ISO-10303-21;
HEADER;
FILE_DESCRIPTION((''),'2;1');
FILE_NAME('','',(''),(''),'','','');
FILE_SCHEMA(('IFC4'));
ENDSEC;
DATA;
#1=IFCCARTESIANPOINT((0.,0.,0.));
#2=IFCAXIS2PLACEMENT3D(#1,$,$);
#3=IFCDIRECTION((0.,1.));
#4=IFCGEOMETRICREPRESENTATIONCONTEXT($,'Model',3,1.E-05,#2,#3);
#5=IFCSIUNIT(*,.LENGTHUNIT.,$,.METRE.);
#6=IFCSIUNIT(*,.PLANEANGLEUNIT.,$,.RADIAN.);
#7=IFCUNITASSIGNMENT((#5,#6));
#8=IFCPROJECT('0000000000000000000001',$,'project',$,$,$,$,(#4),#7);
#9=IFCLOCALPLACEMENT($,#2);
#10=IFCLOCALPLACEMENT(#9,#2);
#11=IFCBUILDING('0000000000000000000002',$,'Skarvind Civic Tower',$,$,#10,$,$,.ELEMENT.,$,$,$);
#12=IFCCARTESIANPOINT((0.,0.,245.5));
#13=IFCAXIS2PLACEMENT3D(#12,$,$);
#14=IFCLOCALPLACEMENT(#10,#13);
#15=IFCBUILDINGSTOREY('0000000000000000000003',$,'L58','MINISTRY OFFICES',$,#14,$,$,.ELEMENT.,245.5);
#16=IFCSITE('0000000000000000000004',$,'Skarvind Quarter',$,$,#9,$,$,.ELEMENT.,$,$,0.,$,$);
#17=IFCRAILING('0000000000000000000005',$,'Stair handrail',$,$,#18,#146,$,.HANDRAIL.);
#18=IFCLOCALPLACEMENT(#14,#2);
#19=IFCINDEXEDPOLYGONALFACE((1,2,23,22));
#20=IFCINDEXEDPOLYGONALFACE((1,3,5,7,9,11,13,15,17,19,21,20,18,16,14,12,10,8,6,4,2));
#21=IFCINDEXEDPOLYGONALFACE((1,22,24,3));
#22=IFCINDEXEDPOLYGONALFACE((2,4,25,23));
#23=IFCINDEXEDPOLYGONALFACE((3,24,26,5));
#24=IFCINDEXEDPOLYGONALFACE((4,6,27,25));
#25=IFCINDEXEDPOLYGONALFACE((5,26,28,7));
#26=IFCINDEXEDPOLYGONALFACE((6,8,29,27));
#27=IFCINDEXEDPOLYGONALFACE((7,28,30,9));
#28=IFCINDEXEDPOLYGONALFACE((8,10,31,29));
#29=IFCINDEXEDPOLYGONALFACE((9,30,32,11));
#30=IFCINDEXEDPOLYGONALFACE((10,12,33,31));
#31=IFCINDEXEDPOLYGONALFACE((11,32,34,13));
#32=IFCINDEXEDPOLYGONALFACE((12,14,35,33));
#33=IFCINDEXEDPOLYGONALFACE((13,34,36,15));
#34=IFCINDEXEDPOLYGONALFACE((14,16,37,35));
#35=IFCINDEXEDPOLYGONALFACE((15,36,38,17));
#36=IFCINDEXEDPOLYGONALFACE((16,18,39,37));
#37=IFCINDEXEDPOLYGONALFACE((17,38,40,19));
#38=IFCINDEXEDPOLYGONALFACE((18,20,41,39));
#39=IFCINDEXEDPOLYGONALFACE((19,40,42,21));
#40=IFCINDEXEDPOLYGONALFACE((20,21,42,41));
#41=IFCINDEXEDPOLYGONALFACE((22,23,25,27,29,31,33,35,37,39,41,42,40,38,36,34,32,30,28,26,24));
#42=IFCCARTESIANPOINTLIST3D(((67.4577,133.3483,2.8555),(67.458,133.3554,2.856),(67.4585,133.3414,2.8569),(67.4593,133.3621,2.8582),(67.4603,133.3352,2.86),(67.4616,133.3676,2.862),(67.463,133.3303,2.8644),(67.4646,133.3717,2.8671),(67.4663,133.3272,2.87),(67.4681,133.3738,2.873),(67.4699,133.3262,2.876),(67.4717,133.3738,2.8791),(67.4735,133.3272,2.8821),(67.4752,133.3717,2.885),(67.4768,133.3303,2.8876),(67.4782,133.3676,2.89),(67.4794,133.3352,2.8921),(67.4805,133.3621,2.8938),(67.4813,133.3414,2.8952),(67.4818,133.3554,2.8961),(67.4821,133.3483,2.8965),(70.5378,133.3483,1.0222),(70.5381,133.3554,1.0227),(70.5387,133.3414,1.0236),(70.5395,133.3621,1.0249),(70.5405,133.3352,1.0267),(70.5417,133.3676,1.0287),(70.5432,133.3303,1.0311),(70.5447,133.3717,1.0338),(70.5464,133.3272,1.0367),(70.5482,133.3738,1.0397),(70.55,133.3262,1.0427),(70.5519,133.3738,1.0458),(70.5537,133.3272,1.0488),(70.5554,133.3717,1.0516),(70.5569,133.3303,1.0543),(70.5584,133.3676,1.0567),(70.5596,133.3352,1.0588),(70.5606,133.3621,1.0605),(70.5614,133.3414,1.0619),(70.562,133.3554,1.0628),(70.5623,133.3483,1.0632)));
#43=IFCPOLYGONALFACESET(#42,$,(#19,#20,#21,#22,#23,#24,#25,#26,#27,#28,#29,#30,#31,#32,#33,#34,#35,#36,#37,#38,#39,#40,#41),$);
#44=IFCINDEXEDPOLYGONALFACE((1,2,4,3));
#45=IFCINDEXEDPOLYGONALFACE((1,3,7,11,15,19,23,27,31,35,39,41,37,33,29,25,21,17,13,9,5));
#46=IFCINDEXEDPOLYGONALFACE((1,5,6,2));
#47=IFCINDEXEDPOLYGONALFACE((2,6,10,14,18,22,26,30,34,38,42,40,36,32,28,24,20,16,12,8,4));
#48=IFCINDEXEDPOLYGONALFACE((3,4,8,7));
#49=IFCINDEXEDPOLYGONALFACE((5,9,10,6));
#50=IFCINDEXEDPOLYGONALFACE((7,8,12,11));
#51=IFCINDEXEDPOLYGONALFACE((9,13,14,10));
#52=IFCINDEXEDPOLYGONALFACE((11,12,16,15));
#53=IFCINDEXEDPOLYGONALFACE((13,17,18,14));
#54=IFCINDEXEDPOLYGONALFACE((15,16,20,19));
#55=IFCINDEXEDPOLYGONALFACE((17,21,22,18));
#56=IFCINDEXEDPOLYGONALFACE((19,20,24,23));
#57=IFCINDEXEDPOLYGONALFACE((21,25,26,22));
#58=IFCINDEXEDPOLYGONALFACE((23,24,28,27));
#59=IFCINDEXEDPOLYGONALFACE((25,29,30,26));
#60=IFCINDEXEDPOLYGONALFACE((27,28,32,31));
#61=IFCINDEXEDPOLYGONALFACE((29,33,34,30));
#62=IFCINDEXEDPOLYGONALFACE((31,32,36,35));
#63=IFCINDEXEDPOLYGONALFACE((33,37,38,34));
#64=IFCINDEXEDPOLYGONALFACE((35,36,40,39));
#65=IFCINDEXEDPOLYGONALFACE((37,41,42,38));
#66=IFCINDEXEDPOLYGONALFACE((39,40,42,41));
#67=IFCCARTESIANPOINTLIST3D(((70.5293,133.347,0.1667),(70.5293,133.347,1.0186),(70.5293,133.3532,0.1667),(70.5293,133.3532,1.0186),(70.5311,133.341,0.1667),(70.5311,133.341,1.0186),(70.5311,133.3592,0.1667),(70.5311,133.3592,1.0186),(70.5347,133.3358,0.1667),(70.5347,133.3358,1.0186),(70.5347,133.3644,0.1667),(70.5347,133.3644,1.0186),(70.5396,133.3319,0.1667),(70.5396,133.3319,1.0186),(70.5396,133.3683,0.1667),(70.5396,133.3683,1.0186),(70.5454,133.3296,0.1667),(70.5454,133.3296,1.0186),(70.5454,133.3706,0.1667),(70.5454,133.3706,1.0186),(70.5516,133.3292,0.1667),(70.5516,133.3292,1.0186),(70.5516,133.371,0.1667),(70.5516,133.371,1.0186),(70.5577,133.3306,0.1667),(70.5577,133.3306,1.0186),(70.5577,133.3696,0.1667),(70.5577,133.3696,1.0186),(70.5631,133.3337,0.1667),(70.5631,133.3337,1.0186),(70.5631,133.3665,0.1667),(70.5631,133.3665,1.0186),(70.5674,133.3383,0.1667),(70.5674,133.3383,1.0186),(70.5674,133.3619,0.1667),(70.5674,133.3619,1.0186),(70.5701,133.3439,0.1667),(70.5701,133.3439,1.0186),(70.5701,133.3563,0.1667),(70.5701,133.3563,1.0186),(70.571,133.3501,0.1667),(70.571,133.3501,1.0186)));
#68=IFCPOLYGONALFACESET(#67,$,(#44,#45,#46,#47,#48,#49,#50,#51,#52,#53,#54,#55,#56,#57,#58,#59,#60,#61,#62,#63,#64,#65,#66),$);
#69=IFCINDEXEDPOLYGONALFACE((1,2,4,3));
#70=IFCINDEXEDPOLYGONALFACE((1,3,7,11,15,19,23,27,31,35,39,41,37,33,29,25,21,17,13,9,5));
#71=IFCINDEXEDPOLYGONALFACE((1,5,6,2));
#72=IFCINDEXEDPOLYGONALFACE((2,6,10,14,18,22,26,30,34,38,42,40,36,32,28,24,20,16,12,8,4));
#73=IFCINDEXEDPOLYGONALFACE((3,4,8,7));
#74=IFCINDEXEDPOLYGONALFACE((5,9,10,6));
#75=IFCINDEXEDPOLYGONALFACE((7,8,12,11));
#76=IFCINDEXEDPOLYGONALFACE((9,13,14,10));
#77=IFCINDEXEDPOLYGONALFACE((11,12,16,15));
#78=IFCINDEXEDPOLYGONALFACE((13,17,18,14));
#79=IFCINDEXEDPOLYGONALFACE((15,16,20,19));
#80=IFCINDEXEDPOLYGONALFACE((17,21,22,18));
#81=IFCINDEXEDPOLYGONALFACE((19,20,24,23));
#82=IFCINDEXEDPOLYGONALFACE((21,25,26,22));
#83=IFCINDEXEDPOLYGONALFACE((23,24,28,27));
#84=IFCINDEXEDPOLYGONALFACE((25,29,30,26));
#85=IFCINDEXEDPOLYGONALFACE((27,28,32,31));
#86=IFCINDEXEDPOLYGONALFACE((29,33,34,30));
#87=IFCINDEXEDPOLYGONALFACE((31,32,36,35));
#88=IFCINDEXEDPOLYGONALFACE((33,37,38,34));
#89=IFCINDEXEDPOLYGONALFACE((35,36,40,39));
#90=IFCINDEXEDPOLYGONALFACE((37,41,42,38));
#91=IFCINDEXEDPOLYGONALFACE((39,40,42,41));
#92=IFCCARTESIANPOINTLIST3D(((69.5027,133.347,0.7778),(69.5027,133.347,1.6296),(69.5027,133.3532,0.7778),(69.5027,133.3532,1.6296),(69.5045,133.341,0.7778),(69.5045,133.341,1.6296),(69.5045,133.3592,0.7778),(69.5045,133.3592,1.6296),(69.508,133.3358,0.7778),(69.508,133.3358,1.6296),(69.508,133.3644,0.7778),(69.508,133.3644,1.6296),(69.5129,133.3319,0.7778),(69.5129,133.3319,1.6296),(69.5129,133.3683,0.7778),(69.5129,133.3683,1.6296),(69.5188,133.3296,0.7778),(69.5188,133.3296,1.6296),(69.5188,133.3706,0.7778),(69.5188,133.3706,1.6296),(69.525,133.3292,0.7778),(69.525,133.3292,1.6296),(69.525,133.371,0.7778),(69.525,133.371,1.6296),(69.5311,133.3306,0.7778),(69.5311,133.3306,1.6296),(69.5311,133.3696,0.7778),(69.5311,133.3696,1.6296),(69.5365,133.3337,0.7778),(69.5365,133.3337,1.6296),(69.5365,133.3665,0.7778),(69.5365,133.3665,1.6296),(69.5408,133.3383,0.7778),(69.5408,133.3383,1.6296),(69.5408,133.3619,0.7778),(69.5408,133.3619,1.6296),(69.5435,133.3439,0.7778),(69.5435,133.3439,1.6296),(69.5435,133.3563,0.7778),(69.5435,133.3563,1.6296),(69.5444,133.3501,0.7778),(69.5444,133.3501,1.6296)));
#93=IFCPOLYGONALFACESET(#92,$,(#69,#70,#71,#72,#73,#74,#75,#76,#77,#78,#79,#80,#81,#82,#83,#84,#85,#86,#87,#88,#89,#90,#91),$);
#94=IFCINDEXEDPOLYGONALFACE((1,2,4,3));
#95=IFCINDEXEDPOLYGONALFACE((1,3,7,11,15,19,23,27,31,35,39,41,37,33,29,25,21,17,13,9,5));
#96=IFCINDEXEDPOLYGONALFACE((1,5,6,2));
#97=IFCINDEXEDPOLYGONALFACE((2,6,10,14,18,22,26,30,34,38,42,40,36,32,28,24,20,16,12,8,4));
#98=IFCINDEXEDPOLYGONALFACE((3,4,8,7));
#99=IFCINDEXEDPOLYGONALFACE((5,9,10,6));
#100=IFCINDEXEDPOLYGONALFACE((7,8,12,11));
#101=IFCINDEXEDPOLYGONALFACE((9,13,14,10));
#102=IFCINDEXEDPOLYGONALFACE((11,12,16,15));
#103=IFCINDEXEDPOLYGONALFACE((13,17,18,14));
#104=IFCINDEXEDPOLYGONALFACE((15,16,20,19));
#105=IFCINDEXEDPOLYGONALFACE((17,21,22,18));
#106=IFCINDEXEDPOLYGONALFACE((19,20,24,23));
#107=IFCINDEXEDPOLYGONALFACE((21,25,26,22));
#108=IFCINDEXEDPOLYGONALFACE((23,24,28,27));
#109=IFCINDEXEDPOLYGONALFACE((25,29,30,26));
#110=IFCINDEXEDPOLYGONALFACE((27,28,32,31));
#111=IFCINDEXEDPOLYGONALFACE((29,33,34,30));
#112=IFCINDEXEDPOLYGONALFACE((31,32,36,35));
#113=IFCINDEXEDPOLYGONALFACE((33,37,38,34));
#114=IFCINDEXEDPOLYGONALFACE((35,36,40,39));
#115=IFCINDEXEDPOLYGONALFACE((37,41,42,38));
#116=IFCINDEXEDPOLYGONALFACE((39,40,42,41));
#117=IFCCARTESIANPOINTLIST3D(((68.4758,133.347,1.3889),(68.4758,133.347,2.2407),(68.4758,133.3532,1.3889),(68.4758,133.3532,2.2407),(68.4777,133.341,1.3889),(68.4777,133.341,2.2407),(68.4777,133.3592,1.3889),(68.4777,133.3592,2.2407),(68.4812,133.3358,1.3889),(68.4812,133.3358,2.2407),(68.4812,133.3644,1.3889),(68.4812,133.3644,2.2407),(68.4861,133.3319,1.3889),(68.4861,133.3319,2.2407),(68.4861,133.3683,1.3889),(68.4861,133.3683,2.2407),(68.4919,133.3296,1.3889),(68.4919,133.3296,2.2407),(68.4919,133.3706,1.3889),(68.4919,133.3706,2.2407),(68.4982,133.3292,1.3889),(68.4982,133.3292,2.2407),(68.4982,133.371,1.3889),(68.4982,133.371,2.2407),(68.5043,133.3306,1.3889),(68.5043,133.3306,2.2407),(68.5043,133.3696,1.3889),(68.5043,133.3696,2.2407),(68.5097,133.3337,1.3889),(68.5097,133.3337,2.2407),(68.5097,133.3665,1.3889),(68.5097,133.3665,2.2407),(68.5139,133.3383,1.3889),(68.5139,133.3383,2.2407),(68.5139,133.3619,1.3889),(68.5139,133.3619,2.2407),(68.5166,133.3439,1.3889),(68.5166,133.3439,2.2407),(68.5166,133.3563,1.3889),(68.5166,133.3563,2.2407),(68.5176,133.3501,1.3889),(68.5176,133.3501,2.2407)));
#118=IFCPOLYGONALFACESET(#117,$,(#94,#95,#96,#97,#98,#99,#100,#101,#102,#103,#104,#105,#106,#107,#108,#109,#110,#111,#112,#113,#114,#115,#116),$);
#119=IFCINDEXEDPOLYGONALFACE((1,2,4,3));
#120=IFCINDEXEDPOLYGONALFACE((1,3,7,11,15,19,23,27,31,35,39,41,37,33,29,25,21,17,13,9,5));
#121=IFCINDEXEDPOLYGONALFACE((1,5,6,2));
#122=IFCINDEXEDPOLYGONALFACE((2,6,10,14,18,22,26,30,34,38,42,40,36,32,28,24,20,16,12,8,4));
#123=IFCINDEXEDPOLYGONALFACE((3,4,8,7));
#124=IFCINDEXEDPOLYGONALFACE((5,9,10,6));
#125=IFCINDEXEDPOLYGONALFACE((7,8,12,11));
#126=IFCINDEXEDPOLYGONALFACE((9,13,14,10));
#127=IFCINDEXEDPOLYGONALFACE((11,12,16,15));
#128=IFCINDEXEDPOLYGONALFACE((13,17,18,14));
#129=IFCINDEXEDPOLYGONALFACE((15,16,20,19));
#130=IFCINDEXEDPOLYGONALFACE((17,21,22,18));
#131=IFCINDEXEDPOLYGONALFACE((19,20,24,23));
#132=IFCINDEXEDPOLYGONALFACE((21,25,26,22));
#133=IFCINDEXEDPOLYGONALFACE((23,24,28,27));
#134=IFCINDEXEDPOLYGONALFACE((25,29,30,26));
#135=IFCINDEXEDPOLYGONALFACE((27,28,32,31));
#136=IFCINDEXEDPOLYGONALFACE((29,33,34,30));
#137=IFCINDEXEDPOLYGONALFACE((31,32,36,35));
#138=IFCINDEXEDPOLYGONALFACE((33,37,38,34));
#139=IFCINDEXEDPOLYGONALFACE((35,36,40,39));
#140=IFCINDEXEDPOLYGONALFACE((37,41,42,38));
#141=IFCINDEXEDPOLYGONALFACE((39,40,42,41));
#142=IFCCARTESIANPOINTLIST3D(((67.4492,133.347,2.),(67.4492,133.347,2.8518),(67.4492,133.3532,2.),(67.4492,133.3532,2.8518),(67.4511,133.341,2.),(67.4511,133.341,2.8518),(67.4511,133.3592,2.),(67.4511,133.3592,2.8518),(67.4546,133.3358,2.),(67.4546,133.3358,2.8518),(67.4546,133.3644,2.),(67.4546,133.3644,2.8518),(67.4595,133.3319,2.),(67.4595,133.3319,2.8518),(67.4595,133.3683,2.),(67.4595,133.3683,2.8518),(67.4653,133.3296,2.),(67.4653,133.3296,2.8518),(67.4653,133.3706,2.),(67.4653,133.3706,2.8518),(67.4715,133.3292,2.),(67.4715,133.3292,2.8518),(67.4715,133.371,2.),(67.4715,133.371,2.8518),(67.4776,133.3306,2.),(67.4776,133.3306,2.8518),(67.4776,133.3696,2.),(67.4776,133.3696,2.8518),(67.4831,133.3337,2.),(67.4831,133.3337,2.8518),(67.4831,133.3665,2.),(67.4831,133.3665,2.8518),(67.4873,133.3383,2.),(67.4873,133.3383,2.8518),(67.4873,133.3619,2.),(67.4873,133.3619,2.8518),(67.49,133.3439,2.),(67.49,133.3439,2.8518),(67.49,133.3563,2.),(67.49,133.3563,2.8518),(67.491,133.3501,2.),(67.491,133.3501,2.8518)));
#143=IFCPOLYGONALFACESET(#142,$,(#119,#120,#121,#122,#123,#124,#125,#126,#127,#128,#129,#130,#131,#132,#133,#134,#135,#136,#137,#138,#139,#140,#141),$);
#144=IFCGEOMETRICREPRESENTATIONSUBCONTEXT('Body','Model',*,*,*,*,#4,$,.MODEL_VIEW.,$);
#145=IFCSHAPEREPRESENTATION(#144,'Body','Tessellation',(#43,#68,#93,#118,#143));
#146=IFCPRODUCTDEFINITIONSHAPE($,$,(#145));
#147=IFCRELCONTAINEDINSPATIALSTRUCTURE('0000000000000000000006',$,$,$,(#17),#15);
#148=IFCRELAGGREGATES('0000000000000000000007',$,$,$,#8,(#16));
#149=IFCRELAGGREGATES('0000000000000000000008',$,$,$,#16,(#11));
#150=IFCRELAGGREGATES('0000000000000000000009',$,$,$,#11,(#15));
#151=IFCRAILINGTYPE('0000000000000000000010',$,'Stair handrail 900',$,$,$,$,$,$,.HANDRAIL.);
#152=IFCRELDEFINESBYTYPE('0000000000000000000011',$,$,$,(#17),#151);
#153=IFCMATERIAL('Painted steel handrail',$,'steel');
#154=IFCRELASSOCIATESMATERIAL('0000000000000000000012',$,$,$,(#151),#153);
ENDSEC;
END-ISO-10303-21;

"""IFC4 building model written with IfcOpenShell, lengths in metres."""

from ifc_helpers import new_model, si_unit, direction, frame, origin, origin_2d, place, context, subcontext, project, spatial, circle, extrude, material, type_object, element, save


model = new_model("IFC4")

# Units and contexts
model_context = context("Model", 3, precision=1e-05, world=origin(), true_north=direction((0.0, 1.0)))
body_context = subcontext(model_context, "Body", "Model", "MODEL_VIEW")
ifc_project = project(units=[si_unit("LENGTHUNIT", "METRE"), si_unit("PLANEANGLEUNIT", "RADIAN")], contexts=[model_context])

# Site, building, storey
site_placement = place(None, origin())
site = spatial("IfcSite", under=ifc_project, at=site_placement, Name="Skarvind Quarter", CompositionType="ELEMENT", RefElevation=0.0)
building_placement = place(site_placement, origin())
building = spatial("IfcBuilding", under=site, at=building_placement, Name="Skarvind Civic Tower", CompositionType="ELEMENT")
storey_placement = place(building_placement, frame((0.0, 0.0, 245.5)))
storey = spatial("IfcBuildingStorey", under=building, at=storey_placement, Name="L58", Description="MINISTRY OFFICES", CompositionType="ELEMENT", Elevation=245.5)

# Railing
ifc_material_1 = material(Name="Painted steel handrail", Category="steel")
railing_type = type_object("IfcRailingType", Name="Stair handrail 900", PredefinedType="HANDRAIL", material=ifc_material_1)
railing_1_placement = place(storey_placement, frame((70.55, 133.3501, 0.1667)))
element("IfcRailing", 1, at=railing_1_placement, inside=storey, type_object=railing_type, Name="Stair handrail", PredefinedType="HANDRAIL", context=body_context, shape_type="SweptSolid", body=[
    extrude(circle(Radius=0.0239, at=origin_2d()), frame((0.0, 0.0, 0.876), z_axis=(-0.859309, 0.0, 0.511458), x_axis=(0.0, -1.0, 0.0)), (0.0, 0.0, 1.0), 3.5845),
    extrude(circle(Radius=0.021, at=origin_2d()), origin(), (0.0, 0.0, 1.0), 0.8518),
    extrude(circle(Radius=0.021, at=origin_2d()), frame((-1.0266, 0.0, 0.6111)), (0.0, 0.0, 1.0), 0.8518),
    extrude(circle(Radius=0.021, at=origin_2d()), frame((-2.0535, 0.0, 1.2222)), (0.0, 0.0, 1.0), 0.8518),
    extrude(circle(Radius=0.021, at=origin_2d()), frame((-3.0801, 0.0, 1.8333)), (0.0, 0.0, 1.0), 0.8518),
])

save(model, "model.ifc")
